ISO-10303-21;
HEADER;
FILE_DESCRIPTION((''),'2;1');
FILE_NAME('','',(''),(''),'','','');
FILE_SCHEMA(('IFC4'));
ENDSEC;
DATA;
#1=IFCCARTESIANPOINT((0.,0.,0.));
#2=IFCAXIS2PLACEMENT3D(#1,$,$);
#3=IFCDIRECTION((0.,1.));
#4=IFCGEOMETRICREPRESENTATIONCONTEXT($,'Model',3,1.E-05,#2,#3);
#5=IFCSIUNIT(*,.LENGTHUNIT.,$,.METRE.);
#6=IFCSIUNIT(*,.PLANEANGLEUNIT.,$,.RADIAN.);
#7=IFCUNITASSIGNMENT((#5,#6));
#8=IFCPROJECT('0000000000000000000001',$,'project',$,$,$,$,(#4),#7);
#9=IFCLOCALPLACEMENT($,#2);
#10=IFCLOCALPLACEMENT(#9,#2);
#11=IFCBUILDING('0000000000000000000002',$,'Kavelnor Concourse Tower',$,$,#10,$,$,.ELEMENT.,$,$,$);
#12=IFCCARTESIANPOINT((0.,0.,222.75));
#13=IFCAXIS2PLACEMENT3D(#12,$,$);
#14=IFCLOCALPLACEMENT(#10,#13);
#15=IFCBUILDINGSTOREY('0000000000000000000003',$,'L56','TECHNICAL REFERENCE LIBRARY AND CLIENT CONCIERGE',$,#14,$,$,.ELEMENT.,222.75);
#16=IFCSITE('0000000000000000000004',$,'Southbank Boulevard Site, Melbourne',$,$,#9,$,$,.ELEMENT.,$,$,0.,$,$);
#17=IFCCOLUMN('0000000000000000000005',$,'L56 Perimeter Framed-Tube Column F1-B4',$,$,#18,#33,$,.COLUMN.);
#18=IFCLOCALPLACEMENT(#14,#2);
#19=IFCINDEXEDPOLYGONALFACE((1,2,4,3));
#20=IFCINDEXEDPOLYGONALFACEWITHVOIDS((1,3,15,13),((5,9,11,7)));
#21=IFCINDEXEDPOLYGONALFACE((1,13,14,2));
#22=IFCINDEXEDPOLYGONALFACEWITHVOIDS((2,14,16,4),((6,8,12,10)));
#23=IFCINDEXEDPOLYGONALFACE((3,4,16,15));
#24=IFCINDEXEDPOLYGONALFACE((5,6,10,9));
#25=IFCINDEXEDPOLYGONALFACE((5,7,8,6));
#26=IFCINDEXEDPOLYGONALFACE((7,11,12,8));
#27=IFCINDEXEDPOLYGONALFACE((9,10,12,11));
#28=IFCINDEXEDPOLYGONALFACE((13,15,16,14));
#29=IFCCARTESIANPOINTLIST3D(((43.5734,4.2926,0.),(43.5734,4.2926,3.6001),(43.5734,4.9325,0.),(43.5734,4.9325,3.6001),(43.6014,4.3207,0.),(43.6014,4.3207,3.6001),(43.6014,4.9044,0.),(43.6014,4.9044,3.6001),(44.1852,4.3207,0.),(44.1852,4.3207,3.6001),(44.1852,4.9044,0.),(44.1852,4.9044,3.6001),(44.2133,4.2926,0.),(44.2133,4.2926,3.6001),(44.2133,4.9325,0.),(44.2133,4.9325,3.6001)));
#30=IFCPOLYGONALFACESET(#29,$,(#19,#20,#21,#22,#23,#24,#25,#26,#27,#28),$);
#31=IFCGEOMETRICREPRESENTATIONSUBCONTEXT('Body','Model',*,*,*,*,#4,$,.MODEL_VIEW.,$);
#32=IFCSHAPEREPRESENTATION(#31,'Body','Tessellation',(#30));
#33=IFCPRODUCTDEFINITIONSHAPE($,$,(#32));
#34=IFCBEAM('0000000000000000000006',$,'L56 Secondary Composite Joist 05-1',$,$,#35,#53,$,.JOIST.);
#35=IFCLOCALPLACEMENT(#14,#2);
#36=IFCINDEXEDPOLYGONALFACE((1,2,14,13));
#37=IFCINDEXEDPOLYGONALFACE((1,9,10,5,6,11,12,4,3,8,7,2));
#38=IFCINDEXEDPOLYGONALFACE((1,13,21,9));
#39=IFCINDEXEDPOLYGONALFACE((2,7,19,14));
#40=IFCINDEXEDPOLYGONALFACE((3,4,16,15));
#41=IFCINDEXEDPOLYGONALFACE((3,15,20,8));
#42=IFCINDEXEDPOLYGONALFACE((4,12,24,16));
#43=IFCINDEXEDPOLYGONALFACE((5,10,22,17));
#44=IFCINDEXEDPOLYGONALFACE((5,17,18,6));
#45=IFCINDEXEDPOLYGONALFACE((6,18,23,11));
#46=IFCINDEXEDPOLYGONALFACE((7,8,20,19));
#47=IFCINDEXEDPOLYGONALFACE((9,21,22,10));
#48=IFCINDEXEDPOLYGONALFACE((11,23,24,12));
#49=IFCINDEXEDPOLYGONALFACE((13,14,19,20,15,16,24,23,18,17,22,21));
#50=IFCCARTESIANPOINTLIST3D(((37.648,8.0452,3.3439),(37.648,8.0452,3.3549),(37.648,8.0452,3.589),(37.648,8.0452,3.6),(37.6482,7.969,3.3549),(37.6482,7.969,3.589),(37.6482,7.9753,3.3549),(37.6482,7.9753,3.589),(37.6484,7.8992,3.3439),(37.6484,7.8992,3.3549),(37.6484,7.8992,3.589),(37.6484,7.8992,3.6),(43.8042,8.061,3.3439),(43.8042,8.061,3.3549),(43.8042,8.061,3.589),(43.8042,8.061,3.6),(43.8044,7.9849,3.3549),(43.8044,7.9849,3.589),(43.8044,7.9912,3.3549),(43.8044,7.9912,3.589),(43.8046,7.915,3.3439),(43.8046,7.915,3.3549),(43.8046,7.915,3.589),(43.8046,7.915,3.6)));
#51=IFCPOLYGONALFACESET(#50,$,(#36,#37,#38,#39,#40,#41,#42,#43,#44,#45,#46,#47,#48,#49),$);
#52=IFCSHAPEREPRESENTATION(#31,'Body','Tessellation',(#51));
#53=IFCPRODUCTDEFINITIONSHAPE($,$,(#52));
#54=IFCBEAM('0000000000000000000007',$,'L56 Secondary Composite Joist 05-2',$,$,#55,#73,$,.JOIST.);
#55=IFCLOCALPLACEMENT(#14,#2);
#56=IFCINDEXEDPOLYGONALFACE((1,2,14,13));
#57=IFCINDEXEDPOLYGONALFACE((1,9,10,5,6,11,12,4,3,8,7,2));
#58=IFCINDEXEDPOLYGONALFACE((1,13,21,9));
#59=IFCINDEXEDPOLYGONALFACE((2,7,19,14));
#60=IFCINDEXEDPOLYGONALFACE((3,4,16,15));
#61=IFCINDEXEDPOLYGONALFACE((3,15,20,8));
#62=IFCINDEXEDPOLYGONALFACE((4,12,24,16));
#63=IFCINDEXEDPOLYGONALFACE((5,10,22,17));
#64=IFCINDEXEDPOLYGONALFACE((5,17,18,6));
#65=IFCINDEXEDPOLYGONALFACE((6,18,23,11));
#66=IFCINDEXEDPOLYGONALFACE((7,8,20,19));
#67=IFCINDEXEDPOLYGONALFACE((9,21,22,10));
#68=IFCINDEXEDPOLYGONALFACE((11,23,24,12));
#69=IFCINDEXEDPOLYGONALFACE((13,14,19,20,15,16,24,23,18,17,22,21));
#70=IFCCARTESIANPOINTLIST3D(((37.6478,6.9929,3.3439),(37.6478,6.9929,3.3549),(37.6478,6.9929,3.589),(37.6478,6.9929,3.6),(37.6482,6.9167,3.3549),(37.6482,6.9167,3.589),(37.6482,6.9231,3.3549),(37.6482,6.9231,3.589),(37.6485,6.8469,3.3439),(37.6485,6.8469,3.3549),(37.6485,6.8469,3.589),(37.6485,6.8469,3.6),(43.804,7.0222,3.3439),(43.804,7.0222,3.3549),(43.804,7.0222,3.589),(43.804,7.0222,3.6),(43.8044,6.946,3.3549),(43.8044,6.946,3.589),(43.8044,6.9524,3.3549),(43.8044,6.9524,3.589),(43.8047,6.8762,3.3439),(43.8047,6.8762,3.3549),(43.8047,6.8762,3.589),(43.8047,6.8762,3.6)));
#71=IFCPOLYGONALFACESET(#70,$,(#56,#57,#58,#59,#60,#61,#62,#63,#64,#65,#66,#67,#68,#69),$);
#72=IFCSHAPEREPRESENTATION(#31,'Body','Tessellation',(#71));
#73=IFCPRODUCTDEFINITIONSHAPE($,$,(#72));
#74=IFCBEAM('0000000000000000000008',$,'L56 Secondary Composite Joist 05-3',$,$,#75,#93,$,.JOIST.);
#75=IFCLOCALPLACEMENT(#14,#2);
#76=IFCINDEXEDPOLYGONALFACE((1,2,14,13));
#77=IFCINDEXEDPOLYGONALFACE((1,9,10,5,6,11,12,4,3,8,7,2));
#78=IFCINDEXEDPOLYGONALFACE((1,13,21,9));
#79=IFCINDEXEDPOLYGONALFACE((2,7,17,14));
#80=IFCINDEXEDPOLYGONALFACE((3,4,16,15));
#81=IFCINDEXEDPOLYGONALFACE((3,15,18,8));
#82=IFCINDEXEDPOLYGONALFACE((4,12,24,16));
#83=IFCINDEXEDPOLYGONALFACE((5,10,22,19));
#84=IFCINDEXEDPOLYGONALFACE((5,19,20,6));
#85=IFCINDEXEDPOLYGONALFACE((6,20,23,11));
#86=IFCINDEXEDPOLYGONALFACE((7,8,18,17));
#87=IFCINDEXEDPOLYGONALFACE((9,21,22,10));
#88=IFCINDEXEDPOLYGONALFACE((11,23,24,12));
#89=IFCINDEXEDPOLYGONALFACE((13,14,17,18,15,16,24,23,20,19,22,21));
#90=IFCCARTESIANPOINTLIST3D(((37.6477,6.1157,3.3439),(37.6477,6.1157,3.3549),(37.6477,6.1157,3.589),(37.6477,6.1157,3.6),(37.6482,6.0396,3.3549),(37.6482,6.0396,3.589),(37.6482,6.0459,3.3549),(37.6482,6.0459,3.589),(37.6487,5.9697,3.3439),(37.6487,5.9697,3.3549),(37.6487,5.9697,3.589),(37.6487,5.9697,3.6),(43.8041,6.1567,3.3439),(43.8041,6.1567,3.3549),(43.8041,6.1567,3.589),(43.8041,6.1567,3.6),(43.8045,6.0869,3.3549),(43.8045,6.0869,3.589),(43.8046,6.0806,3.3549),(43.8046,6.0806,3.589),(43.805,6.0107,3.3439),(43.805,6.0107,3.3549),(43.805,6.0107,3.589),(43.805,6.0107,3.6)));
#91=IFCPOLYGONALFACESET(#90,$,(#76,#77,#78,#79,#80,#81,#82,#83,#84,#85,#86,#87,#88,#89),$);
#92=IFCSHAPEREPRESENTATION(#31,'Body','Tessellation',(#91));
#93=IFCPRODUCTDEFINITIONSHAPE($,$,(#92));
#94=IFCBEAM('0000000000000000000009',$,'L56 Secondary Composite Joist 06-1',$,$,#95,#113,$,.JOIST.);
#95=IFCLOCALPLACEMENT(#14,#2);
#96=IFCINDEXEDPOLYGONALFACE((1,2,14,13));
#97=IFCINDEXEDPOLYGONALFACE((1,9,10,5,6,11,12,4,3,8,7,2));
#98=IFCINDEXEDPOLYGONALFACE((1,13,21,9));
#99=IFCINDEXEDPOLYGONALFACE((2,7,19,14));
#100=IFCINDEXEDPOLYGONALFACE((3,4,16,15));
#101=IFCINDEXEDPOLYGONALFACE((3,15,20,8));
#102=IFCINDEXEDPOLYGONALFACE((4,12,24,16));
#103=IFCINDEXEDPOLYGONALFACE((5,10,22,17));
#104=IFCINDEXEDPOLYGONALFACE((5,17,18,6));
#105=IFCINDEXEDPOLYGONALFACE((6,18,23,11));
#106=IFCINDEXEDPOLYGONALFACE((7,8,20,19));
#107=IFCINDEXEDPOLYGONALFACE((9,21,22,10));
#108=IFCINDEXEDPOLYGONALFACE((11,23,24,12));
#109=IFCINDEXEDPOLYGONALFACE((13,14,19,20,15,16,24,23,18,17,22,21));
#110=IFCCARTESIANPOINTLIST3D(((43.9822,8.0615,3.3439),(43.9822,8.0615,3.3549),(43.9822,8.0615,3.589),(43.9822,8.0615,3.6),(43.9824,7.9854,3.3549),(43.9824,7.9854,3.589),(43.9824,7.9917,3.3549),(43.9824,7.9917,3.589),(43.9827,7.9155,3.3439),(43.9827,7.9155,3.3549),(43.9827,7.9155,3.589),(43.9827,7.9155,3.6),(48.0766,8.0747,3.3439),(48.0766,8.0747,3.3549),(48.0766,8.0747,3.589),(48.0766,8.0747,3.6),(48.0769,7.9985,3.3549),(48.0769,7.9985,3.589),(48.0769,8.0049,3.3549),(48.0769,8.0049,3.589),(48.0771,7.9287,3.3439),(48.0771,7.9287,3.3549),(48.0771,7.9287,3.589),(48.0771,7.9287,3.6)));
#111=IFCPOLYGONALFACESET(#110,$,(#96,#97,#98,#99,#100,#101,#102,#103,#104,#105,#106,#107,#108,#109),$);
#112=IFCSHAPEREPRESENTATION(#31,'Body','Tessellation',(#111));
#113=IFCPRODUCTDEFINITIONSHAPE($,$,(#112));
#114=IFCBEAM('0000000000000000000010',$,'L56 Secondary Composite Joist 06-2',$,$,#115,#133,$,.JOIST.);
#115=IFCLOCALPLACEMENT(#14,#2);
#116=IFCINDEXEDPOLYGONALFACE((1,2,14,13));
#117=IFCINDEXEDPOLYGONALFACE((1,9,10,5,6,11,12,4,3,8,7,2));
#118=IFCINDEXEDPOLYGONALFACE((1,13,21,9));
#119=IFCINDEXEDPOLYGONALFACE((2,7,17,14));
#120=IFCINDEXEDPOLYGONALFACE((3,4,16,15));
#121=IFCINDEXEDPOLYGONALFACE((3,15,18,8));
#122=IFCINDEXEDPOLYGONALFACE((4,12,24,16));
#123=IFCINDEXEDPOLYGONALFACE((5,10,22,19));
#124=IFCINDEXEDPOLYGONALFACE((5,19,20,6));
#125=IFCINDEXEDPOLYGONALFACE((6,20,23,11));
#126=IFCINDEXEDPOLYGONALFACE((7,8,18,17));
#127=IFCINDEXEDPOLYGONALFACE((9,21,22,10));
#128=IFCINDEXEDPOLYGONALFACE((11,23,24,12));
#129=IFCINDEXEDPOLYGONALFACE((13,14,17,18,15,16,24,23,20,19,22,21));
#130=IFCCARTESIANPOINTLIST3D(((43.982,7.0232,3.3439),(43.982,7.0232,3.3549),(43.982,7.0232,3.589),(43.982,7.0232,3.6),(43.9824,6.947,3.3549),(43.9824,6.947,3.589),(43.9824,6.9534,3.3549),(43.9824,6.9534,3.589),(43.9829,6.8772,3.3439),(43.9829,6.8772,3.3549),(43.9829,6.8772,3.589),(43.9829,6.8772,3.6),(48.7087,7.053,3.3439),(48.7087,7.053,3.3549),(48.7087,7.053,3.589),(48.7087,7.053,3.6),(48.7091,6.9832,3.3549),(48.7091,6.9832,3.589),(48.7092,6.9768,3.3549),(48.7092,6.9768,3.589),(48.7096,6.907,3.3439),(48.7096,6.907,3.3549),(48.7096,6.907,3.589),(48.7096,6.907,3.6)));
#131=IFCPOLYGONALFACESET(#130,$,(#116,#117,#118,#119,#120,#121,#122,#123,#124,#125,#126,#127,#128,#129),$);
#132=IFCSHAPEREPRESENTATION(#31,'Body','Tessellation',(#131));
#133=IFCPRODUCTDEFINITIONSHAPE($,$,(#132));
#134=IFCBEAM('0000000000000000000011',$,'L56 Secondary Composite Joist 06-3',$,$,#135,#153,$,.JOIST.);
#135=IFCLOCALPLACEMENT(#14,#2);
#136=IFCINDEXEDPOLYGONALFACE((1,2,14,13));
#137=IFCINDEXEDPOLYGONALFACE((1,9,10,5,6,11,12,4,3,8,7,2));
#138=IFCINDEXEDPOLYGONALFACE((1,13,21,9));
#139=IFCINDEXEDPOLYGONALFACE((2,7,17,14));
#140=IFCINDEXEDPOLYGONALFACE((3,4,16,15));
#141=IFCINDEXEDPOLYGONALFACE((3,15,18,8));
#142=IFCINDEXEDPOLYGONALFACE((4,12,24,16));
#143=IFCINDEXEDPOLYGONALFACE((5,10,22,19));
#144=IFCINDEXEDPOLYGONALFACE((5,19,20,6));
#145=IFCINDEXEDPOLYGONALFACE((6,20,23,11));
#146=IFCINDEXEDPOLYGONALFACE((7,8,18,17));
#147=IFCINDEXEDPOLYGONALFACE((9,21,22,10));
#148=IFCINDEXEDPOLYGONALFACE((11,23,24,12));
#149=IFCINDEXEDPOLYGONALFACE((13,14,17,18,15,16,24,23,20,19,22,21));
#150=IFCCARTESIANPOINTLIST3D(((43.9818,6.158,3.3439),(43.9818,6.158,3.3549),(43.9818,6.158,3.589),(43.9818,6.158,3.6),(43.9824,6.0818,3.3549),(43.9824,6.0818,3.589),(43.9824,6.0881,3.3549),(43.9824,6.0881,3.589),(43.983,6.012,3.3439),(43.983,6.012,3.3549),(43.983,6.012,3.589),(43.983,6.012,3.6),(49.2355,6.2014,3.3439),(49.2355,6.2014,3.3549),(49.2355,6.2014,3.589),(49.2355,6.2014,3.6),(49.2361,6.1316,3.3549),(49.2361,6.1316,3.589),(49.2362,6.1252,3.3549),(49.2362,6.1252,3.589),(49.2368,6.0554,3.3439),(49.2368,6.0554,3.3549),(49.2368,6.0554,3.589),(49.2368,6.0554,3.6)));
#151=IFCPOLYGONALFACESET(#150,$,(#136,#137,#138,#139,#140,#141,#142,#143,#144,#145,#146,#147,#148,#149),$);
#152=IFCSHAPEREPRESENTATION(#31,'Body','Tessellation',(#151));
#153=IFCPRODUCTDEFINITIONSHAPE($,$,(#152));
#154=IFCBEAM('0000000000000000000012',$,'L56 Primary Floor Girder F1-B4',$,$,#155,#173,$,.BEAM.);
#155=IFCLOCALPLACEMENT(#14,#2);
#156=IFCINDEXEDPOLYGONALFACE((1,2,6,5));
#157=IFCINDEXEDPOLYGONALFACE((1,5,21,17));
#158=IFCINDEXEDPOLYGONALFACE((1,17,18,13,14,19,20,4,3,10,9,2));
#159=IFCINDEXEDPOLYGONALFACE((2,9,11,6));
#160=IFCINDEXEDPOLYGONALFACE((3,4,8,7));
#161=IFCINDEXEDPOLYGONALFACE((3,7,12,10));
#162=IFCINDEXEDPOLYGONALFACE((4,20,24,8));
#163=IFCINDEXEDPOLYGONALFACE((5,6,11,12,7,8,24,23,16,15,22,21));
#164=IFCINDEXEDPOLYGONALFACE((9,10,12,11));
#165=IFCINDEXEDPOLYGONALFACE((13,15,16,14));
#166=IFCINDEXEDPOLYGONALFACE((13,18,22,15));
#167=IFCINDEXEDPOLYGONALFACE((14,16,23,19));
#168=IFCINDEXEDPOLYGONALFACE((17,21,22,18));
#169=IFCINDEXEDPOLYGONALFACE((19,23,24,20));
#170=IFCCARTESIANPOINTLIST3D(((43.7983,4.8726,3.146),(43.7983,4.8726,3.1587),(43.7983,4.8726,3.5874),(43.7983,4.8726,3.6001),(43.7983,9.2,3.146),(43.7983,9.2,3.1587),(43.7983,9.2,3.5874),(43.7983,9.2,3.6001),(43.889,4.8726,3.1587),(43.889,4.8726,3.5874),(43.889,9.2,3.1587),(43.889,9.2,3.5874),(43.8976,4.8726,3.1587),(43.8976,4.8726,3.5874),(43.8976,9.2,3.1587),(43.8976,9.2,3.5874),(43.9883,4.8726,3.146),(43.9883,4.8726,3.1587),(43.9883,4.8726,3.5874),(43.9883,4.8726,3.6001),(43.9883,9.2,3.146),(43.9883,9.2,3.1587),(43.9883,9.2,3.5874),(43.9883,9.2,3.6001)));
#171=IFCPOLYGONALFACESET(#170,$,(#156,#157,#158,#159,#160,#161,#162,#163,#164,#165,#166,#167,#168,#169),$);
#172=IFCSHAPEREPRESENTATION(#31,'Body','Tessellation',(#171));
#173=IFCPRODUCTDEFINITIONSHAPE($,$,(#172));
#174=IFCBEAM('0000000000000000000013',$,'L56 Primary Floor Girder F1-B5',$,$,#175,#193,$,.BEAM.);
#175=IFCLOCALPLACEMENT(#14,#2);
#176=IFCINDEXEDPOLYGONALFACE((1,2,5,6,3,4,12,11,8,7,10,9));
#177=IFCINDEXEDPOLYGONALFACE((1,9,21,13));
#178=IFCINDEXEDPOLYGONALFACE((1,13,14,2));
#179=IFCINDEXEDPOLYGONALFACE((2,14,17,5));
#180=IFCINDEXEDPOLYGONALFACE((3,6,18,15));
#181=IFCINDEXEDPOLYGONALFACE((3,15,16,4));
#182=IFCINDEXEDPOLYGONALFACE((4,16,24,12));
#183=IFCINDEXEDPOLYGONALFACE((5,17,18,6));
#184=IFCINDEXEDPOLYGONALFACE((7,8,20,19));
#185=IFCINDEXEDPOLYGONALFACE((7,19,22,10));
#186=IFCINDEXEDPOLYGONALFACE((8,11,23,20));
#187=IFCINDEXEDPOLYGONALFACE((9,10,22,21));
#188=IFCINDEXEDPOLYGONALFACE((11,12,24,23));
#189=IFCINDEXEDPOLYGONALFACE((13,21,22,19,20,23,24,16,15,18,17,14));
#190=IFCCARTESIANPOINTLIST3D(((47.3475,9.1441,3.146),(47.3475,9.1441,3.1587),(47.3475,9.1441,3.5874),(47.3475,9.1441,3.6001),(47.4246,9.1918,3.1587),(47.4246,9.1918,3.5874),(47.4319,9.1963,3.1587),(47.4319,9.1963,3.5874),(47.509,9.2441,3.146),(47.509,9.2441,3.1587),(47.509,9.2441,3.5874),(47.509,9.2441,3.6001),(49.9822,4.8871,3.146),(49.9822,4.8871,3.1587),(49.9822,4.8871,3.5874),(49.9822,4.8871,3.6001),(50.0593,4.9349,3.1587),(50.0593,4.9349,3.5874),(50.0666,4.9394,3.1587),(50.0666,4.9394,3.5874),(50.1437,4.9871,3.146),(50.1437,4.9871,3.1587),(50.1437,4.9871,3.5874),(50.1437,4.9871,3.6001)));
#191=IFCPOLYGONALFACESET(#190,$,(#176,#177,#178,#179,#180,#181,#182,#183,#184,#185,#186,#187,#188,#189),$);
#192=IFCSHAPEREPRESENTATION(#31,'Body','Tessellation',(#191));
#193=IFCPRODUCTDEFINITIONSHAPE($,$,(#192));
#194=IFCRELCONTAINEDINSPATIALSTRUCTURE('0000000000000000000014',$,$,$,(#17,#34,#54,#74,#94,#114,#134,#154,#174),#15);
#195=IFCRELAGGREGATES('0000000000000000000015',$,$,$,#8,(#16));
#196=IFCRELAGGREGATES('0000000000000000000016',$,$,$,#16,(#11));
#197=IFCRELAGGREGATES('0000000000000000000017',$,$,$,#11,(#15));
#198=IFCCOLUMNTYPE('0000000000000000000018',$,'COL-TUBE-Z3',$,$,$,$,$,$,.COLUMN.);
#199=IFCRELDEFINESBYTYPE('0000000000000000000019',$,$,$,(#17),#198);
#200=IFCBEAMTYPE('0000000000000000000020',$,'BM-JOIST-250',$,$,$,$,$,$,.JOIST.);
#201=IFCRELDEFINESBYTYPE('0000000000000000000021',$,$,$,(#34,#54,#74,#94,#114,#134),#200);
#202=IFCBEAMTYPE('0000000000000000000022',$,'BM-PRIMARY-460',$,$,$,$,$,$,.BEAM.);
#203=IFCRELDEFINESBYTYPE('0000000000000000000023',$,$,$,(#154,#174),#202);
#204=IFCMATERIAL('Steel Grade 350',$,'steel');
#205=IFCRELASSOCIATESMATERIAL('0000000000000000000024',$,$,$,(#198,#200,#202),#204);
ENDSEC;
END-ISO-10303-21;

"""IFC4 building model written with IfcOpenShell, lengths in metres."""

from ifc_helpers import new_model, si_unit, direction, frame, origin, origin_2d, place, context, subcontext, project, spatial, hollow_rectangle, i_section, extrude, material, material_profile, profile_set, type_object, element, save


model = new_model("IFC4")

# Units and contexts
model_context = context("Model", 3, precision=1e-05, world=origin(), true_north=direction((0.0, 1.0)))
body_context = subcontext(model_context, "Body", "Model", "MODEL_VIEW")
ifc_project = project(units=[si_unit("LENGTHUNIT", "METRE"), si_unit("PLANEANGLEUNIT", "RADIAN")], contexts=[model_context])

# Site, building, storey
site_placement = place(None, origin())
site = spatial("IfcSite", under=ifc_project, at=site_placement, Name="Southbank Boulevard Site, Melbourne", CompositionType="ELEMENT", RefElevation=0.0)
building_placement = place(site_placement, origin())
building = spatial("IfcBuilding", under=site, at=building_placement, Name="Kavelnor Concourse Tower", CompositionType="ELEMENT")
storey_placement = place(building_placement, frame((0.0, 0.0, 222.75)))
storey = spatial("IfcBuildingStorey", under=building, at=storey_placement, Name="L56", Description="TECHNICAL REFERENCE LIBRARY AND CLIENT CONCIERGE", CompositionType="ELEMENT", Elevation=222.75)

# Column
ifc_material_1 = material(Name="Steel Grade 350", Category="steel")
ifc_material_profile_1 = material_profile(ifc_material_1, hollow_rectangle(XDim=0.6399, YDim=0.6399, WallThickness=0.0281, at=origin_2d()), Name="SHS 640x640x28")
ifc_profile_set_1 = profile_set([ifc_material_profile_1], Name="Steel Grade 350")
column_type = type_object("IfcColumnType", Name="COL-TUBE-Z3", PredefinedType="COLUMN", material=ifc_profile_set_1)
column_placement = place(storey_placement, frame((43.8933, 4.6125, 0.0), z_axis=(0.0, 0.0, 1.0), x_axis=(1.0, 0.0, 0.0)))
element("IfcColumn", 1, at=column_placement, inside=storey, type_object=column_type, Name="L56 Perimeter Framed-Tube Column F1-B4", PredefinedType="COLUMN", context=body_context, shape_type="SweptSolid", body=[
    extrude(hollow_rectangle(XDim=0.6399, YDim=0.6399, WallThickness=0.0281, at=origin_2d()), origin(), (0.0, 0.0, 1.0), 3.6001),
])

# Beams
ifc_material_profile_2 = material_profile(ifc_material_1, i_section(OverallWidth=0.146, OverallDepth=0.2561, WebThickness=0.0063, FlangeThickness=0.011, at=origin_2d()), Name="250UB37")
ifc_profile_set_2 = profile_set([ifc_material_profile_2], Name="Steel Grade 350")
beam_type_1 = type_object("IfcBeamType", Name="BM-JOIST-250", PredefinedType="JOIST", material=ifc_profile_set_2)
for number, where, z_axis, x_axis, name in (
    (2, (37.6482, 7.9722, 3.4719), (0.999997, 0.002578, 0.0), (-0.002578, 0.999997, 0.0), "L56 Secondary Composite Joist 05-1"),
    (3, (37.6482, 6.9199, 3.4719), (0.999989, 0.004759, 0.0), (-0.004759, 0.999989, 0.0), "L56 Secondary Composite Joist 05-2"),
):
    element("IfcBeam", number, at=place(storey_placement, frame(where, z_axis=z_axis, x_axis=x_axis)), inside=storey, type_object=beam_type_1, Name=name, PredefinedType="JOIST", context=body_context, shape_type="SweptSolid", body=[
        extrude(i_section(OverallWidth=0.146, OverallDepth=0.2561, WebThickness=0.0063, FlangeThickness=0.011, at=origin_2d()), origin(), (0.0, 0.0, 1.0), 6.1562),
    ])
beam_1_placement = place(storey_placement, frame((37.6482, 6.0427, 3.4719), z_axis=(0.999978, 0.006662, 0.0), x_axis=(-0.006662, 0.999978, 0.0)))
element("IfcBeam", 4, at=beam_1_placement, inside=storey, type_object=beam_type_1, Name="L56 Secondary Composite Joist 05-3", PredefinedType="JOIST", context=body_context, shape_type="SweptSolid", body=[
    extrude(i_section(OverallWidth=0.146, OverallDepth=0.2561, WebThickness=0.0063, FlangeThickness=0.011, at=origin_2d()), origin(), (0.0, 0.0, 1.0), 6.1565),
])
beam_2_placement = place(storey_placement, frame((43.9824, 7.9885, 3.4719), z_axis=(0.999995, 0.00322, 0.0), x_axis=(-0.00322, 0.999995, 0.0)))
element("IfcBeam", 5, at=beam_2_placement, inside=storey, type_object=beam_type_1, Name="L56 Secondary Composite Joist 06-1", PredefinedType="JOIST", context=body_context, shape_type="SweptSolid", body=[
    extrude(i_section(OverallWidth=0.146, OverallDepth=0.2561, WebThickness=0.0063, FlangeThickness=0.011, at=origin_2d()), origin(), (0.0, 0.0, 1.0), 4.0945),
])
beam_3_placement = place(storey_placement, frame((43.9824, 6.9502, 3.4719), z_axis=(0.99998, 0.006301, 0.0), x_axis=(-0.006301, 0.99998, 0.0)))
element("IfcBeam", 6, at=beam_3_placement, inside=storey, type_object=beam_type_1, Name="L56 Secondary Composite Joist 06-2", PredefinedType="JOIST", context=body_context, shape_type="SweptSolid", body=[
    extrude(i_section(OverallWidth=0.146, OverallDepth=0.2561, WebThickness=0.0063, FlangeThickness=0.011, at=origin_2d()), origin(), (0.0, 0.0, 1.0), 4.7268),
])
beam_4_placement = place(storey_placement, frame((43.9824, 6.085, 3.4719), z_axis=(0.999966, 0.008271, 0.0), x_axis=(-0.008271, 0.999966, 0.0)))
element("IfcBeam", 7, at=beam_4_placement, inside=storey, type_object=beam_type_1, Name="L56 Secondary Composite Joist 06-3", PredefinedType="JOIST", context=body_context, shape_type="SweptSolid", body=[
    extrude(i_section(OverallWidth=0.146, OverallDepth=0.2561, WebThickness=0.0063, FlangeThickness=0.011, at=origin_2d()), origin(), (0.0, 0.0, 1.0), 5.2539),
])
ifc_material_profile_3 = material_profile(ifc_material_1, i_section(OverallWidth=0.1899, OverallDepth=0.4541, WebThickness=0.0085, FlangeThickness=0.0127, at=origin_2d()), Name="460UB67")
ifc_profile_set_3 = profile_set([ifc_material_profile_3], Name="Steel Grade 350")
beam_type_2 = type_object("IfcBeamType", Name="BM-PRIMARY-460", PredefinedType="BEAM", material=ifc_profile_set_3)
beam_5_placement = place(storey_placement, frame((43.8933, 9.2, 3.373), z_axis=(0.0, -1.0, 0.0), x_axis=(1.0, 0.0, 0.0)))
element("IfcBeam", 8, at=beam_5_placement, inside=storey, type_object=beam_type_2, Name="L56 Primary Floor Girder F1-B4", PredefinedType="BEAM", context=body_context, shape_type="SweptSolid", body=[
    extrude(i_section(OverallWidth=0.1899, OverallDepth=0.4541, WebThickness=0.0085, FlangeThickness=0.0127, at=origin_2d()), origin(), (0.0, 0.0, 1.0), 4.3274),
])
beam_6_placement = place(storey_placement, frame((47.4282, 9.1941, 3.373), z_axis=(0.526272, -0.850316, 0.0), x_axis=(0.850316, 0.526272, 0.0)))
element("IfcBeam", 9, at=beam_6_placement, inside=storey, type_object=beam_type_2, Name="L56 Primary Floor Girder F1-B5", PredefinedType="BEAM", context=body_context, shape_type="SweptSolid", body=[
    extrude(i_section(OverallWidth=0.1899, OverallDepth=0.4541, WebThickness=0.0085, FlangeThickness=0.0127, at=origin_2d()), origin(), (0.0, 0.0, 1.0), 5.0063),
])

save(model, "model.ifc")
